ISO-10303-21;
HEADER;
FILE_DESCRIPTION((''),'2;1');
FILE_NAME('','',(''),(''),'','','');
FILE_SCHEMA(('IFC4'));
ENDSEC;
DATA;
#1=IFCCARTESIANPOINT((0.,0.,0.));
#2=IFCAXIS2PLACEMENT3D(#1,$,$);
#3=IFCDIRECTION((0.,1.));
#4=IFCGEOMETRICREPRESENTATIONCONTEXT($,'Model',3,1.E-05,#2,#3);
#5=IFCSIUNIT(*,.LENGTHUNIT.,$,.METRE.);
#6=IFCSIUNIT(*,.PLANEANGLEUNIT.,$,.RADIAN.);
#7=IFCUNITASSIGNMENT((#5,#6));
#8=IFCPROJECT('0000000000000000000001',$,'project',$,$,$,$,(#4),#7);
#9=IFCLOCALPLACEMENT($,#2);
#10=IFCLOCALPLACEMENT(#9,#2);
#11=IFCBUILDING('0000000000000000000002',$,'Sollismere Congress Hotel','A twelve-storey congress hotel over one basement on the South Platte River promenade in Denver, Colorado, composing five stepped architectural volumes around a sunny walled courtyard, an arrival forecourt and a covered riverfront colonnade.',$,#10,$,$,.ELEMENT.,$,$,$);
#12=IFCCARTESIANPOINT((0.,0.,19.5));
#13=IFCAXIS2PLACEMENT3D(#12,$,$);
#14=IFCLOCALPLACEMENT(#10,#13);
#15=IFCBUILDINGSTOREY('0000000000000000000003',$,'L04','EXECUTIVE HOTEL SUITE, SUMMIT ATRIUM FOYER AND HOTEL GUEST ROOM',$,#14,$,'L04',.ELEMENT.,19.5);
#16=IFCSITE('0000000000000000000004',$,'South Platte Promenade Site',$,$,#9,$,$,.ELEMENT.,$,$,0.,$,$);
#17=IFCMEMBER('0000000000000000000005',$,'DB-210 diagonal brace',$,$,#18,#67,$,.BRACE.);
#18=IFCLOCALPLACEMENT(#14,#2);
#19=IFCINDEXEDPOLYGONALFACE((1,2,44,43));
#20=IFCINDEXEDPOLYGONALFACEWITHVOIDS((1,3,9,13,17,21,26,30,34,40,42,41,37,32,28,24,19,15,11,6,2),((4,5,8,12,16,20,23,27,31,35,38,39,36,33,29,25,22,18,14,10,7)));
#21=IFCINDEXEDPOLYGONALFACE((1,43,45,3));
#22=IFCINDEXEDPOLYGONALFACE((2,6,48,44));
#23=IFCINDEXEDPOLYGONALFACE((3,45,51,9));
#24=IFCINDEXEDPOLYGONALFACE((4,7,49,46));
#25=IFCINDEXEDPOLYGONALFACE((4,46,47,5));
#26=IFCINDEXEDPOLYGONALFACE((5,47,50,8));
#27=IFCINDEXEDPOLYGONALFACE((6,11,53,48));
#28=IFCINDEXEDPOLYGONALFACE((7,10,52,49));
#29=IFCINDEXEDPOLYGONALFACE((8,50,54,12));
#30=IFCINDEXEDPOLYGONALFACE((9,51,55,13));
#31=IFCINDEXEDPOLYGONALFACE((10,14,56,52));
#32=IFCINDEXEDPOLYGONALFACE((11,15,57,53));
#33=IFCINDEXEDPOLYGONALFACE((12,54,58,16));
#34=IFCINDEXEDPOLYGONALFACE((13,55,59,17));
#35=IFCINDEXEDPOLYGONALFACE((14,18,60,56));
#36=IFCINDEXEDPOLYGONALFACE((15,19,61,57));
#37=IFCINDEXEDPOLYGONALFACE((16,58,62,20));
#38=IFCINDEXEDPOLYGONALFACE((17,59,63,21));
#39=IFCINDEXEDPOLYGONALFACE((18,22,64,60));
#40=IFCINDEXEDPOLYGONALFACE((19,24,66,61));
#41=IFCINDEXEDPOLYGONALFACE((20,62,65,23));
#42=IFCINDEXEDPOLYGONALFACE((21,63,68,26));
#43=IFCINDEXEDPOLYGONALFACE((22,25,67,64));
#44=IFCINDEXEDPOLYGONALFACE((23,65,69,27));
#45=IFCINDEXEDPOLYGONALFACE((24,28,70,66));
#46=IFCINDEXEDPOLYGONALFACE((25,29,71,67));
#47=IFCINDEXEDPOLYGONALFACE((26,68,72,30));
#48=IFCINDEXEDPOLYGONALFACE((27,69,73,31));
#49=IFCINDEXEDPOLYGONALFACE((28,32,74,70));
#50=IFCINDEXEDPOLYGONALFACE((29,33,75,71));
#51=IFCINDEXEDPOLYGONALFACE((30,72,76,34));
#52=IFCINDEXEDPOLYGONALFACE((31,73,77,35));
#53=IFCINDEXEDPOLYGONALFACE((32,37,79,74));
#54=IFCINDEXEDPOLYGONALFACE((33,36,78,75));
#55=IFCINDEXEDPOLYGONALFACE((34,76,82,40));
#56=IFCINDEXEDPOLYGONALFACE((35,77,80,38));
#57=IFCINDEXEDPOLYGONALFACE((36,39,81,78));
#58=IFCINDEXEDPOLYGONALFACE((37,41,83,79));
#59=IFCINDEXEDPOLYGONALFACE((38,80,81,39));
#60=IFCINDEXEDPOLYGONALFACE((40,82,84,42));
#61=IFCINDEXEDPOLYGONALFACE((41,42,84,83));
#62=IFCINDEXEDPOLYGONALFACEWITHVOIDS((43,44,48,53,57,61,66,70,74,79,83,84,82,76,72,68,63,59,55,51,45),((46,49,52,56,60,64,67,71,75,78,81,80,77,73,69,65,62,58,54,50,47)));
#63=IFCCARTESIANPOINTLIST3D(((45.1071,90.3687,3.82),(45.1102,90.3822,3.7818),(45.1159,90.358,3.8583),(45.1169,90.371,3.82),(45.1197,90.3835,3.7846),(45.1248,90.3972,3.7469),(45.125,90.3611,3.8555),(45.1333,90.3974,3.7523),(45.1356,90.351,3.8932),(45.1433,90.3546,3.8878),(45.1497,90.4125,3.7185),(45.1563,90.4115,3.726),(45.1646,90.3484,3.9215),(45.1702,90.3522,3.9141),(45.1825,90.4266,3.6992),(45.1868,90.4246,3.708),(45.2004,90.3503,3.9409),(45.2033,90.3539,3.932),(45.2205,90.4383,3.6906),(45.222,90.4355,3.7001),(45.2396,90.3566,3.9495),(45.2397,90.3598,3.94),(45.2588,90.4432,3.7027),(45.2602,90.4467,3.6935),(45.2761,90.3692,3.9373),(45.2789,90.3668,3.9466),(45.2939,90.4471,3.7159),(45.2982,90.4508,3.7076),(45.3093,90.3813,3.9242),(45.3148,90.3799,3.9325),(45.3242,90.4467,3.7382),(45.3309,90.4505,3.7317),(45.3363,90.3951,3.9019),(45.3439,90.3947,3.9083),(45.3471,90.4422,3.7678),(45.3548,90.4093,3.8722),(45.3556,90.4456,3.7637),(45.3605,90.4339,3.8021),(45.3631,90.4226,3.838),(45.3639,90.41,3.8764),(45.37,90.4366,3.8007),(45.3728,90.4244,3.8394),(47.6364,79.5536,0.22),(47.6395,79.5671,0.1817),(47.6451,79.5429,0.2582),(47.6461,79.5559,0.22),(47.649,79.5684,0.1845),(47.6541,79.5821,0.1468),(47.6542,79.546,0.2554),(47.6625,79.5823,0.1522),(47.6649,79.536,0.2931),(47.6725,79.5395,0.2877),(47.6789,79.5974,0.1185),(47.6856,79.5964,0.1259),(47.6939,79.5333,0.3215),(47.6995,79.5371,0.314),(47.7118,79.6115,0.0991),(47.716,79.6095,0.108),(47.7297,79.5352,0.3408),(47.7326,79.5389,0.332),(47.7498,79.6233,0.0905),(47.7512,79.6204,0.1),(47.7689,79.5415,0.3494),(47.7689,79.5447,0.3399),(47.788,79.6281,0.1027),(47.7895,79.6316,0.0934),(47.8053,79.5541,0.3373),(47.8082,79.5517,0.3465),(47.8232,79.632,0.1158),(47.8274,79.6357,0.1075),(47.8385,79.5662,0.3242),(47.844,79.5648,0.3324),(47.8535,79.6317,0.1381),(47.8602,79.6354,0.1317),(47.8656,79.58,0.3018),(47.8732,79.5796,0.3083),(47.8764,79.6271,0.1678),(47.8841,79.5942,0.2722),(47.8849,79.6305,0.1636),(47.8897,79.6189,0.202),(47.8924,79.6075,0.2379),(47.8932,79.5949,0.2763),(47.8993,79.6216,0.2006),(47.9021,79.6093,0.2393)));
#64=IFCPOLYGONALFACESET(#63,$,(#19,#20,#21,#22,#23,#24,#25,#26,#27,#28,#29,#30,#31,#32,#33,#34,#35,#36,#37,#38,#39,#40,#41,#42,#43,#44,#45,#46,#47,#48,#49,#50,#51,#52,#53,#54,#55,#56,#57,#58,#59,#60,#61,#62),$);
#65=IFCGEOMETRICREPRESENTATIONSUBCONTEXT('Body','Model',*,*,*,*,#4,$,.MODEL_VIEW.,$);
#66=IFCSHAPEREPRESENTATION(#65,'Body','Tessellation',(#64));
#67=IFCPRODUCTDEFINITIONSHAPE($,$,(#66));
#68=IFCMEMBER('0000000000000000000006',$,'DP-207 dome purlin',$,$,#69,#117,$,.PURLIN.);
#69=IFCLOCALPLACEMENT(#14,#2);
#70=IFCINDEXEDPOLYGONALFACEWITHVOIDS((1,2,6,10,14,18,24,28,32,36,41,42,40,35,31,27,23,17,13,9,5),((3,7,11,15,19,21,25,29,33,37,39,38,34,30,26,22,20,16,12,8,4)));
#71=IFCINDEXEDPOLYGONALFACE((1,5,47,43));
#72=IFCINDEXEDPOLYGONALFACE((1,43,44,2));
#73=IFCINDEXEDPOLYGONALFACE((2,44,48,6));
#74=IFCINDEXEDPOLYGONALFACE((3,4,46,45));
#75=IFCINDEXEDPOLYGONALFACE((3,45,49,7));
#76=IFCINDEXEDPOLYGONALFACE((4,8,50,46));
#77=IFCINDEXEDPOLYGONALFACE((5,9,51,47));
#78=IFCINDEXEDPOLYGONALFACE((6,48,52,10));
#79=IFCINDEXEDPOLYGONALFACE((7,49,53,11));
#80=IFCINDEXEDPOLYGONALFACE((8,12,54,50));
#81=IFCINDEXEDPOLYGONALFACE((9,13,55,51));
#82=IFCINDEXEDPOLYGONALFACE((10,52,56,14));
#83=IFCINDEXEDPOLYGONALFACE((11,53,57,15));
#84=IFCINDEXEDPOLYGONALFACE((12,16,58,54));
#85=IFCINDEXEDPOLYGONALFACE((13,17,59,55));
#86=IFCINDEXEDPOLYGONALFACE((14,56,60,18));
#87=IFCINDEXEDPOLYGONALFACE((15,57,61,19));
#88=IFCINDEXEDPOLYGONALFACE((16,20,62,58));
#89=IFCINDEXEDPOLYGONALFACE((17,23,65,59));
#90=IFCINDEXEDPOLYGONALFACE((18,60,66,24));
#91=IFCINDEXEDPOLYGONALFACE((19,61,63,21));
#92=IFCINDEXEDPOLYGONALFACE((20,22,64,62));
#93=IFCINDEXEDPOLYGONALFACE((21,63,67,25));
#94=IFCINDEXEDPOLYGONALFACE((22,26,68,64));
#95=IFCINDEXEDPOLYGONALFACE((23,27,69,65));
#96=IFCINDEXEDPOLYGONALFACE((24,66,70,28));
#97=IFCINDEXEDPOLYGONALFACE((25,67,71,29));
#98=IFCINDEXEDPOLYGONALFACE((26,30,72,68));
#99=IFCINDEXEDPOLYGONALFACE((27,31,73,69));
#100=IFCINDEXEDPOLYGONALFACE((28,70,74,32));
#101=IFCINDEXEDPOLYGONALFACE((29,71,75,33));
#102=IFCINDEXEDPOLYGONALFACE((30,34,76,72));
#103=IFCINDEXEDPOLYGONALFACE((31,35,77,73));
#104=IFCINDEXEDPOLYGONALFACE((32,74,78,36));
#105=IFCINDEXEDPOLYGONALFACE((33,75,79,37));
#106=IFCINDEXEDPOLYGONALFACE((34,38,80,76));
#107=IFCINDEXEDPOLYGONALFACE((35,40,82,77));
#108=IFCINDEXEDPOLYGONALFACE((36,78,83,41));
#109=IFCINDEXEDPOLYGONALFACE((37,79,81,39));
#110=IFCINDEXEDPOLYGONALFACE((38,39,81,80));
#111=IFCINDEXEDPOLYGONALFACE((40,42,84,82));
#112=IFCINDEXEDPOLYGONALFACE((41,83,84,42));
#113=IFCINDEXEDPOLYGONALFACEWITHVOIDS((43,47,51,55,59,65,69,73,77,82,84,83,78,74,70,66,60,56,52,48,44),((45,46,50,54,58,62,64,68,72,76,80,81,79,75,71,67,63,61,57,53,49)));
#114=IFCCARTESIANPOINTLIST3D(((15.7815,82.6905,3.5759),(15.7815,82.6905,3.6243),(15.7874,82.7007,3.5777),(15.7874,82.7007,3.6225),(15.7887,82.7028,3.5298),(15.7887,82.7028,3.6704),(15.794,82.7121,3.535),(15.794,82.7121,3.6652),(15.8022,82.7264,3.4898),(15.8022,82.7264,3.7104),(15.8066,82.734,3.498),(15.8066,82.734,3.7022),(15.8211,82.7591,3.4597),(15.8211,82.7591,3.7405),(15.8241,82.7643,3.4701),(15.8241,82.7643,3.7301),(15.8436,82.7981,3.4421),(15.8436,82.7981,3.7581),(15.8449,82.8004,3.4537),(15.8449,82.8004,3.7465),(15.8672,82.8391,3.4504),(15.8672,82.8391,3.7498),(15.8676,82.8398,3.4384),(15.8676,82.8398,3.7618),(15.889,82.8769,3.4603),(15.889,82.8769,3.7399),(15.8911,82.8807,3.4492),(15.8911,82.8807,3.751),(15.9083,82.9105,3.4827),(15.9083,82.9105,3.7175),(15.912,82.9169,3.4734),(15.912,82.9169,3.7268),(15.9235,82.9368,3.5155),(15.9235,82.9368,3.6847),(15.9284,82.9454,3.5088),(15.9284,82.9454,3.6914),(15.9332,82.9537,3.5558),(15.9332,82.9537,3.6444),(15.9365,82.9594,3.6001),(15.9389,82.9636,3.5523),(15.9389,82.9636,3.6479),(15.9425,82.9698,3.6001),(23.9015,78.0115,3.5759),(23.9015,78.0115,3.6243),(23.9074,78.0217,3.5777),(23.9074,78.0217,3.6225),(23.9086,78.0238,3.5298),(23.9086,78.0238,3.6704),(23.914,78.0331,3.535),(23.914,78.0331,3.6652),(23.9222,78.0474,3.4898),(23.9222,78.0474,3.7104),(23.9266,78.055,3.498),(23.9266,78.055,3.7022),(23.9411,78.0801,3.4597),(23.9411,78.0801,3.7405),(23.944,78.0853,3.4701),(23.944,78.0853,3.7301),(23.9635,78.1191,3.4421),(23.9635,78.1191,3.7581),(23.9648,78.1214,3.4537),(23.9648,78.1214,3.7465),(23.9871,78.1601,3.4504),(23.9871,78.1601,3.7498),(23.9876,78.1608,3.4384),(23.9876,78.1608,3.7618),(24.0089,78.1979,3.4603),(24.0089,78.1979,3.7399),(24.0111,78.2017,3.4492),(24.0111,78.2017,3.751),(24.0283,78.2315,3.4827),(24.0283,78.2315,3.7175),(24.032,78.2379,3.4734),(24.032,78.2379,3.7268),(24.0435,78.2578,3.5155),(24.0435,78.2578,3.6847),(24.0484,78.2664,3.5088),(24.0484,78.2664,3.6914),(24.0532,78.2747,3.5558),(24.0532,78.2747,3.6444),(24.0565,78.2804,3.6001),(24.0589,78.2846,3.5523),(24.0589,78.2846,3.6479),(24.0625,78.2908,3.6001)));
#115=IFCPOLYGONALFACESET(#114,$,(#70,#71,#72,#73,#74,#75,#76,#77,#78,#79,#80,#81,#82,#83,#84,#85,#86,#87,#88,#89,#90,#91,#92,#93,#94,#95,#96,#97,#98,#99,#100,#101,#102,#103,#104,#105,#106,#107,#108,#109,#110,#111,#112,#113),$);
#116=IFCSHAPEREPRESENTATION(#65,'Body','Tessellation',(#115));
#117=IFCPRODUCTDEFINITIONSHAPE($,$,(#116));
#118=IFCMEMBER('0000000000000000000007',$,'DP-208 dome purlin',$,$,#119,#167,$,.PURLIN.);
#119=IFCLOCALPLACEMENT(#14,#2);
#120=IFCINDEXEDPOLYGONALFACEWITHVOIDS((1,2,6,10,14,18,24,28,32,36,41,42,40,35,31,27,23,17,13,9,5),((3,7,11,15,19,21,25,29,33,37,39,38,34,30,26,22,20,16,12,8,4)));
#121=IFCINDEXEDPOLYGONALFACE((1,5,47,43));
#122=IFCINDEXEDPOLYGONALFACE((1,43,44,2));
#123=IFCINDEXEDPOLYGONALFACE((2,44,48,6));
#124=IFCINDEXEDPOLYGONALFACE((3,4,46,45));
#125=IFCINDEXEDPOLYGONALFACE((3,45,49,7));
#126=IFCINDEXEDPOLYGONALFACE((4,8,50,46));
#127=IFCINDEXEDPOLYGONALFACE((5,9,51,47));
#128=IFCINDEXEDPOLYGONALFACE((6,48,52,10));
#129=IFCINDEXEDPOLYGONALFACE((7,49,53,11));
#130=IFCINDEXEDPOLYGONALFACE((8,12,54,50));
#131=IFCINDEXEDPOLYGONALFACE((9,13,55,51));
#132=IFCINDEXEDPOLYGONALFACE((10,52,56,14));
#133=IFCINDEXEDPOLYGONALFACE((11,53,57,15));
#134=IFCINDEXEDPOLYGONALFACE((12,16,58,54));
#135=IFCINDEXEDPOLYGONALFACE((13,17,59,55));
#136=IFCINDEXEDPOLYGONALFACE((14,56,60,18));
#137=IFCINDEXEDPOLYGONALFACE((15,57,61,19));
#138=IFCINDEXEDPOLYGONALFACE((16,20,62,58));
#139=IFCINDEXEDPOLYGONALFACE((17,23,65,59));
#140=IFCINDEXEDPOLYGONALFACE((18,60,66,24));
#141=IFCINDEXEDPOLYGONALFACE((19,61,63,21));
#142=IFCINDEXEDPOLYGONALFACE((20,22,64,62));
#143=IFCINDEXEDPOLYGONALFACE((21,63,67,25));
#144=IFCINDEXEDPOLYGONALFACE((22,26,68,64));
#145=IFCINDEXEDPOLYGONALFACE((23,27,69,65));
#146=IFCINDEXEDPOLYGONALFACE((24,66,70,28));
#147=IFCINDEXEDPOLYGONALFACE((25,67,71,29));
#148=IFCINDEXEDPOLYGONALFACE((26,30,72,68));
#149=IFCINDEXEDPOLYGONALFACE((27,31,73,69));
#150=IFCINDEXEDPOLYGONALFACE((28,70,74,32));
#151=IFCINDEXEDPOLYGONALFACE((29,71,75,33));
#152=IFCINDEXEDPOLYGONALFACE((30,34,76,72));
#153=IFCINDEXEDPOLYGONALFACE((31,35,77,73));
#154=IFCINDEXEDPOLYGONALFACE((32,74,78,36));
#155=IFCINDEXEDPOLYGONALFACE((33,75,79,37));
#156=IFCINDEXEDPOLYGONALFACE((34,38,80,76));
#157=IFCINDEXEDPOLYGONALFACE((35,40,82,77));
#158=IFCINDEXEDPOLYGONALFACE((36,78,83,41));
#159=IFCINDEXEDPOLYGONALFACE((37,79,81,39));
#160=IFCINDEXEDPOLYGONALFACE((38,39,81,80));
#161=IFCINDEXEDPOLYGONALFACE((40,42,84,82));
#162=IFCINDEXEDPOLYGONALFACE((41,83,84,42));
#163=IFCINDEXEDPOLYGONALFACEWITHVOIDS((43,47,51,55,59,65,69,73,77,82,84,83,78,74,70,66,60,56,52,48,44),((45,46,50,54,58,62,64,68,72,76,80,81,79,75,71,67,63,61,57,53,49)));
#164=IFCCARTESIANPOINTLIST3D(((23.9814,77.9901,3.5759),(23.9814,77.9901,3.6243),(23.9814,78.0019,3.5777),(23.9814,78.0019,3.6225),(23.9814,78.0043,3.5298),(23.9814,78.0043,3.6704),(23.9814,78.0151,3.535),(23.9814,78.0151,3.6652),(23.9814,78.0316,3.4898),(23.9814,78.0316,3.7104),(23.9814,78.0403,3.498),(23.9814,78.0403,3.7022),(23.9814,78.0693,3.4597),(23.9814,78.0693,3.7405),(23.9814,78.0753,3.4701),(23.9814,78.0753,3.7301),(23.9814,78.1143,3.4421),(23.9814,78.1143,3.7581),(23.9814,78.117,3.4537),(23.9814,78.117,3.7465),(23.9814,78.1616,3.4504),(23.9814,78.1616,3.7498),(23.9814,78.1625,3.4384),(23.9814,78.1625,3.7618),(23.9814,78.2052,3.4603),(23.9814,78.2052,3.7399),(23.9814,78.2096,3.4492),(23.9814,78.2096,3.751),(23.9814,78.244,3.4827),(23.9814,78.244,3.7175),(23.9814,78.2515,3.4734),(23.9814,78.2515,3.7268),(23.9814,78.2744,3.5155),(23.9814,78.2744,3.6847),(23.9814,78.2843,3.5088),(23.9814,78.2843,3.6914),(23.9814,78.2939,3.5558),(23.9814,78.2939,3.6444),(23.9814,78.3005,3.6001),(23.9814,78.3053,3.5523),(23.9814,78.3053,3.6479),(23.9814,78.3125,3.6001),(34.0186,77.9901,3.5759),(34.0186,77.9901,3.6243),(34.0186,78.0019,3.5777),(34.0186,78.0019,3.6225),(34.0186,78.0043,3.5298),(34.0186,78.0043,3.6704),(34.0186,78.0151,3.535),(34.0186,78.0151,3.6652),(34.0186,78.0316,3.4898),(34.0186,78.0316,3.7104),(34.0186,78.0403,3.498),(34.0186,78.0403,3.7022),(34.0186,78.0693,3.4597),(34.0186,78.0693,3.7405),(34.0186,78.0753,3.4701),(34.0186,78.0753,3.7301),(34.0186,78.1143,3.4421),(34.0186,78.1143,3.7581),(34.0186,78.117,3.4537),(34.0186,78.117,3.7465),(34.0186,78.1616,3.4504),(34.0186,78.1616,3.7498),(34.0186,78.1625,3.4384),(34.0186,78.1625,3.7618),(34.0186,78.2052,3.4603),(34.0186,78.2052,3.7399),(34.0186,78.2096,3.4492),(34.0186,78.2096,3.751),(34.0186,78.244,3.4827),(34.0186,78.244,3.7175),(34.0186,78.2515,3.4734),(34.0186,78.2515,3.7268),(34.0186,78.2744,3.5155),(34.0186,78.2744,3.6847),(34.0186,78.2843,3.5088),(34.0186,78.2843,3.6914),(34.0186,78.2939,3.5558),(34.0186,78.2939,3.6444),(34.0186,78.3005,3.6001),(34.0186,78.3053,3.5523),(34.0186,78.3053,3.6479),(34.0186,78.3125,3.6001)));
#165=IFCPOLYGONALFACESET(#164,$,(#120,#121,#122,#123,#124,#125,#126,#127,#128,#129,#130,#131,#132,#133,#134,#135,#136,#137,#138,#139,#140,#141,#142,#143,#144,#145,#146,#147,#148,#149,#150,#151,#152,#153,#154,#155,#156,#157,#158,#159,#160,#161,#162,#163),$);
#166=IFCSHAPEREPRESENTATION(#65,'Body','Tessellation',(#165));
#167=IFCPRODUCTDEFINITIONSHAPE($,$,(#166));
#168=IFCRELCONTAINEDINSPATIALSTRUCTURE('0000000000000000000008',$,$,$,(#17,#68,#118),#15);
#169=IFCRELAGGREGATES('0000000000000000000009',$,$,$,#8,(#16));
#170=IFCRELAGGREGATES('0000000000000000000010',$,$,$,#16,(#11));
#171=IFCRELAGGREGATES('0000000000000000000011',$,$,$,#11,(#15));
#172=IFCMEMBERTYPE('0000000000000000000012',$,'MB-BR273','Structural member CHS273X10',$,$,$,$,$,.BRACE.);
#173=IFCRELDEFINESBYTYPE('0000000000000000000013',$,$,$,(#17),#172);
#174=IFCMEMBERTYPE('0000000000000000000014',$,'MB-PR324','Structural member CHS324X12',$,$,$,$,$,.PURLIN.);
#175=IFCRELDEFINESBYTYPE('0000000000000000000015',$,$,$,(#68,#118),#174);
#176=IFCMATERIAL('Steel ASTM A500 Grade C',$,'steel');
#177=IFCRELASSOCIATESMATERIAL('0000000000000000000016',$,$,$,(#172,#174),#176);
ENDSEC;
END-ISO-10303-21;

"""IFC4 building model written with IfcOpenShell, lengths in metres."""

from ifc_helpers import new_model, si_unit, direction, frame, origin, origin_2d, place, context, subcontext, project, spatial, hollow_circle, extrude, material, material_profile, profile_set, type_object, element, save


model = new_model("IFC4")

# Units and contexts
model_context = context("Model", 3, precision=1e-05, world=origin(), true_north=direction((0.0, 1.0)))
body_context = subcontext(model_context, "Body", "Model", "MODEL_VIEW")
ifc_project = project(units=[si_unit("LENGTHUNIT", "METRE"), si_unit("PLANEANGLEUNIT", "RADIAN")], contexts=[model_context])

# Site, building, storey
site_placement = place(None, origin())
site = spatial("IfcSite", under=ifc_project, at=site_placement, Name="South Platte Promenade Site", CompositionType="ELEMENT", RefElevation=0.0)
building_placement = place(site_placement, origin())
building = spatial("IfcBuilding", under=site, at=building_placement, Name="Sollismere Congress Hotel", Description="A twelve-storey congress hotel over one basement on the South Platte River promenade in Denver, Colorado, composing five stepped architectural volumes around a sunny walled courtyard, an arrival forecourt and a covered riverfront colonnade.", CompositionType="ELEMENT")
storey_placement = place(building_placement, frame((0.0, 0.0, 19.5)))
storey = spatial("IfcBuildingStorey", under=building, at=storey_placement, Name="L04", Description="EXECUTIVE HOTEL SUITE, SUMMIT ATRIUM FOYER AND HOTEL GUEST ROOM", LongName="L04", CompositionType="ELEMENT", Elevation=19.5)

# Members
ifc_material_1 = material(Name="Steel ASTM A500 Grade C", Category="steel")
ifc_material_profile_1 = material_profile(ifc_material_1, hollow_circle(Radius=0.1365, WallThickness=0.01, at=origin_2d()), Name="CHS273X10")
ifc_profile_set_1 = profile_set([ifc_material_profile_1], Name="Steel ASTM A500 Grade C")
member_type_1 = type_object("IfcMemberType", Name="MB-BR273", Description="Structural member CHS273X10", PredefinedType="BRACE", material=ifc_profile_set_1)
member_1_placement = place(storey_placement, frame((47.7693, 79.5847, 0.22), z_axis=(-0.216626, 0.926284, 0.308336), x_axis=(-0.973726, -0.227721, 0.0)))
element("IfcMember", 1, at=member_1_placement, inside=storey, type_object=member_type_1, Name="DB-210 diagonal brace", PredefinedType="BRACE", context=body_context, shape_type="SweptSolid", body=[
    extrude(hollow_circle(Radius=0.1365, WallThickness=0.01, at=origin_2d()), origin(), (0.0, 0.0, 1.0), 11.6758),
])
ifc_material_profile_2 = material_profile(ifc_material_1, hollow_circle(Radius=0.1621, WallThickness=0.012, at=origin_2d()), Name="CHS324X12")
ifc_profile_set_2 = profile_set([ifc_material_profile_2], Name="Steel ASTM A500 Grade C")
member_type_2 = type_object("IfcMemberType", Name="MB-PR324", Description="Structural member CHS324X12", PredefinedType="PURLIN", material=ifc_profile_set_2)
member_2_placement = place(storey_placement, frame((15.8616, 82.8293, 3.6001), z_axis=(0.866444, -0.499275, 0.0), x_axis=(0.499275, 0.866444, 0.0)))
element("IfcMember", 2, at=member_2_placement, inside=storey, type_object=member_type_2, Name="DP-207 dome purlin", PredefinedType="PURLIN", context=body_context, shape_type="SweptSolid", body=[
    extrude(hollow_circle(Radius=0.1621, WallThickness=0.012, at=origin_2d()), origin(), (0.0, 0.0, 1.0), 9.3716),
])
member_3_placement = place(storey_placement, frame((23.9814, 78.1504, 3.6001), z_axis=(1.0, 0.0, 0.0), x_axis=(0.0, 1.0, 0.0)))
element("IfcMember", 3, at=member_3_placement, inside=storey, type_object=member_type_2, Name="DP-208 dome purlin", PredefinedType="PURLIN", context=body_context, shape_type="SweptSolid", body=[
    extrude(hollow_circle(Radius=0.1621, WallThickness=0.012, at=origin_2d()), origin(), (0.0, 0.0, 1.0), 10.0371),
])

save(model, "model.ifc")
